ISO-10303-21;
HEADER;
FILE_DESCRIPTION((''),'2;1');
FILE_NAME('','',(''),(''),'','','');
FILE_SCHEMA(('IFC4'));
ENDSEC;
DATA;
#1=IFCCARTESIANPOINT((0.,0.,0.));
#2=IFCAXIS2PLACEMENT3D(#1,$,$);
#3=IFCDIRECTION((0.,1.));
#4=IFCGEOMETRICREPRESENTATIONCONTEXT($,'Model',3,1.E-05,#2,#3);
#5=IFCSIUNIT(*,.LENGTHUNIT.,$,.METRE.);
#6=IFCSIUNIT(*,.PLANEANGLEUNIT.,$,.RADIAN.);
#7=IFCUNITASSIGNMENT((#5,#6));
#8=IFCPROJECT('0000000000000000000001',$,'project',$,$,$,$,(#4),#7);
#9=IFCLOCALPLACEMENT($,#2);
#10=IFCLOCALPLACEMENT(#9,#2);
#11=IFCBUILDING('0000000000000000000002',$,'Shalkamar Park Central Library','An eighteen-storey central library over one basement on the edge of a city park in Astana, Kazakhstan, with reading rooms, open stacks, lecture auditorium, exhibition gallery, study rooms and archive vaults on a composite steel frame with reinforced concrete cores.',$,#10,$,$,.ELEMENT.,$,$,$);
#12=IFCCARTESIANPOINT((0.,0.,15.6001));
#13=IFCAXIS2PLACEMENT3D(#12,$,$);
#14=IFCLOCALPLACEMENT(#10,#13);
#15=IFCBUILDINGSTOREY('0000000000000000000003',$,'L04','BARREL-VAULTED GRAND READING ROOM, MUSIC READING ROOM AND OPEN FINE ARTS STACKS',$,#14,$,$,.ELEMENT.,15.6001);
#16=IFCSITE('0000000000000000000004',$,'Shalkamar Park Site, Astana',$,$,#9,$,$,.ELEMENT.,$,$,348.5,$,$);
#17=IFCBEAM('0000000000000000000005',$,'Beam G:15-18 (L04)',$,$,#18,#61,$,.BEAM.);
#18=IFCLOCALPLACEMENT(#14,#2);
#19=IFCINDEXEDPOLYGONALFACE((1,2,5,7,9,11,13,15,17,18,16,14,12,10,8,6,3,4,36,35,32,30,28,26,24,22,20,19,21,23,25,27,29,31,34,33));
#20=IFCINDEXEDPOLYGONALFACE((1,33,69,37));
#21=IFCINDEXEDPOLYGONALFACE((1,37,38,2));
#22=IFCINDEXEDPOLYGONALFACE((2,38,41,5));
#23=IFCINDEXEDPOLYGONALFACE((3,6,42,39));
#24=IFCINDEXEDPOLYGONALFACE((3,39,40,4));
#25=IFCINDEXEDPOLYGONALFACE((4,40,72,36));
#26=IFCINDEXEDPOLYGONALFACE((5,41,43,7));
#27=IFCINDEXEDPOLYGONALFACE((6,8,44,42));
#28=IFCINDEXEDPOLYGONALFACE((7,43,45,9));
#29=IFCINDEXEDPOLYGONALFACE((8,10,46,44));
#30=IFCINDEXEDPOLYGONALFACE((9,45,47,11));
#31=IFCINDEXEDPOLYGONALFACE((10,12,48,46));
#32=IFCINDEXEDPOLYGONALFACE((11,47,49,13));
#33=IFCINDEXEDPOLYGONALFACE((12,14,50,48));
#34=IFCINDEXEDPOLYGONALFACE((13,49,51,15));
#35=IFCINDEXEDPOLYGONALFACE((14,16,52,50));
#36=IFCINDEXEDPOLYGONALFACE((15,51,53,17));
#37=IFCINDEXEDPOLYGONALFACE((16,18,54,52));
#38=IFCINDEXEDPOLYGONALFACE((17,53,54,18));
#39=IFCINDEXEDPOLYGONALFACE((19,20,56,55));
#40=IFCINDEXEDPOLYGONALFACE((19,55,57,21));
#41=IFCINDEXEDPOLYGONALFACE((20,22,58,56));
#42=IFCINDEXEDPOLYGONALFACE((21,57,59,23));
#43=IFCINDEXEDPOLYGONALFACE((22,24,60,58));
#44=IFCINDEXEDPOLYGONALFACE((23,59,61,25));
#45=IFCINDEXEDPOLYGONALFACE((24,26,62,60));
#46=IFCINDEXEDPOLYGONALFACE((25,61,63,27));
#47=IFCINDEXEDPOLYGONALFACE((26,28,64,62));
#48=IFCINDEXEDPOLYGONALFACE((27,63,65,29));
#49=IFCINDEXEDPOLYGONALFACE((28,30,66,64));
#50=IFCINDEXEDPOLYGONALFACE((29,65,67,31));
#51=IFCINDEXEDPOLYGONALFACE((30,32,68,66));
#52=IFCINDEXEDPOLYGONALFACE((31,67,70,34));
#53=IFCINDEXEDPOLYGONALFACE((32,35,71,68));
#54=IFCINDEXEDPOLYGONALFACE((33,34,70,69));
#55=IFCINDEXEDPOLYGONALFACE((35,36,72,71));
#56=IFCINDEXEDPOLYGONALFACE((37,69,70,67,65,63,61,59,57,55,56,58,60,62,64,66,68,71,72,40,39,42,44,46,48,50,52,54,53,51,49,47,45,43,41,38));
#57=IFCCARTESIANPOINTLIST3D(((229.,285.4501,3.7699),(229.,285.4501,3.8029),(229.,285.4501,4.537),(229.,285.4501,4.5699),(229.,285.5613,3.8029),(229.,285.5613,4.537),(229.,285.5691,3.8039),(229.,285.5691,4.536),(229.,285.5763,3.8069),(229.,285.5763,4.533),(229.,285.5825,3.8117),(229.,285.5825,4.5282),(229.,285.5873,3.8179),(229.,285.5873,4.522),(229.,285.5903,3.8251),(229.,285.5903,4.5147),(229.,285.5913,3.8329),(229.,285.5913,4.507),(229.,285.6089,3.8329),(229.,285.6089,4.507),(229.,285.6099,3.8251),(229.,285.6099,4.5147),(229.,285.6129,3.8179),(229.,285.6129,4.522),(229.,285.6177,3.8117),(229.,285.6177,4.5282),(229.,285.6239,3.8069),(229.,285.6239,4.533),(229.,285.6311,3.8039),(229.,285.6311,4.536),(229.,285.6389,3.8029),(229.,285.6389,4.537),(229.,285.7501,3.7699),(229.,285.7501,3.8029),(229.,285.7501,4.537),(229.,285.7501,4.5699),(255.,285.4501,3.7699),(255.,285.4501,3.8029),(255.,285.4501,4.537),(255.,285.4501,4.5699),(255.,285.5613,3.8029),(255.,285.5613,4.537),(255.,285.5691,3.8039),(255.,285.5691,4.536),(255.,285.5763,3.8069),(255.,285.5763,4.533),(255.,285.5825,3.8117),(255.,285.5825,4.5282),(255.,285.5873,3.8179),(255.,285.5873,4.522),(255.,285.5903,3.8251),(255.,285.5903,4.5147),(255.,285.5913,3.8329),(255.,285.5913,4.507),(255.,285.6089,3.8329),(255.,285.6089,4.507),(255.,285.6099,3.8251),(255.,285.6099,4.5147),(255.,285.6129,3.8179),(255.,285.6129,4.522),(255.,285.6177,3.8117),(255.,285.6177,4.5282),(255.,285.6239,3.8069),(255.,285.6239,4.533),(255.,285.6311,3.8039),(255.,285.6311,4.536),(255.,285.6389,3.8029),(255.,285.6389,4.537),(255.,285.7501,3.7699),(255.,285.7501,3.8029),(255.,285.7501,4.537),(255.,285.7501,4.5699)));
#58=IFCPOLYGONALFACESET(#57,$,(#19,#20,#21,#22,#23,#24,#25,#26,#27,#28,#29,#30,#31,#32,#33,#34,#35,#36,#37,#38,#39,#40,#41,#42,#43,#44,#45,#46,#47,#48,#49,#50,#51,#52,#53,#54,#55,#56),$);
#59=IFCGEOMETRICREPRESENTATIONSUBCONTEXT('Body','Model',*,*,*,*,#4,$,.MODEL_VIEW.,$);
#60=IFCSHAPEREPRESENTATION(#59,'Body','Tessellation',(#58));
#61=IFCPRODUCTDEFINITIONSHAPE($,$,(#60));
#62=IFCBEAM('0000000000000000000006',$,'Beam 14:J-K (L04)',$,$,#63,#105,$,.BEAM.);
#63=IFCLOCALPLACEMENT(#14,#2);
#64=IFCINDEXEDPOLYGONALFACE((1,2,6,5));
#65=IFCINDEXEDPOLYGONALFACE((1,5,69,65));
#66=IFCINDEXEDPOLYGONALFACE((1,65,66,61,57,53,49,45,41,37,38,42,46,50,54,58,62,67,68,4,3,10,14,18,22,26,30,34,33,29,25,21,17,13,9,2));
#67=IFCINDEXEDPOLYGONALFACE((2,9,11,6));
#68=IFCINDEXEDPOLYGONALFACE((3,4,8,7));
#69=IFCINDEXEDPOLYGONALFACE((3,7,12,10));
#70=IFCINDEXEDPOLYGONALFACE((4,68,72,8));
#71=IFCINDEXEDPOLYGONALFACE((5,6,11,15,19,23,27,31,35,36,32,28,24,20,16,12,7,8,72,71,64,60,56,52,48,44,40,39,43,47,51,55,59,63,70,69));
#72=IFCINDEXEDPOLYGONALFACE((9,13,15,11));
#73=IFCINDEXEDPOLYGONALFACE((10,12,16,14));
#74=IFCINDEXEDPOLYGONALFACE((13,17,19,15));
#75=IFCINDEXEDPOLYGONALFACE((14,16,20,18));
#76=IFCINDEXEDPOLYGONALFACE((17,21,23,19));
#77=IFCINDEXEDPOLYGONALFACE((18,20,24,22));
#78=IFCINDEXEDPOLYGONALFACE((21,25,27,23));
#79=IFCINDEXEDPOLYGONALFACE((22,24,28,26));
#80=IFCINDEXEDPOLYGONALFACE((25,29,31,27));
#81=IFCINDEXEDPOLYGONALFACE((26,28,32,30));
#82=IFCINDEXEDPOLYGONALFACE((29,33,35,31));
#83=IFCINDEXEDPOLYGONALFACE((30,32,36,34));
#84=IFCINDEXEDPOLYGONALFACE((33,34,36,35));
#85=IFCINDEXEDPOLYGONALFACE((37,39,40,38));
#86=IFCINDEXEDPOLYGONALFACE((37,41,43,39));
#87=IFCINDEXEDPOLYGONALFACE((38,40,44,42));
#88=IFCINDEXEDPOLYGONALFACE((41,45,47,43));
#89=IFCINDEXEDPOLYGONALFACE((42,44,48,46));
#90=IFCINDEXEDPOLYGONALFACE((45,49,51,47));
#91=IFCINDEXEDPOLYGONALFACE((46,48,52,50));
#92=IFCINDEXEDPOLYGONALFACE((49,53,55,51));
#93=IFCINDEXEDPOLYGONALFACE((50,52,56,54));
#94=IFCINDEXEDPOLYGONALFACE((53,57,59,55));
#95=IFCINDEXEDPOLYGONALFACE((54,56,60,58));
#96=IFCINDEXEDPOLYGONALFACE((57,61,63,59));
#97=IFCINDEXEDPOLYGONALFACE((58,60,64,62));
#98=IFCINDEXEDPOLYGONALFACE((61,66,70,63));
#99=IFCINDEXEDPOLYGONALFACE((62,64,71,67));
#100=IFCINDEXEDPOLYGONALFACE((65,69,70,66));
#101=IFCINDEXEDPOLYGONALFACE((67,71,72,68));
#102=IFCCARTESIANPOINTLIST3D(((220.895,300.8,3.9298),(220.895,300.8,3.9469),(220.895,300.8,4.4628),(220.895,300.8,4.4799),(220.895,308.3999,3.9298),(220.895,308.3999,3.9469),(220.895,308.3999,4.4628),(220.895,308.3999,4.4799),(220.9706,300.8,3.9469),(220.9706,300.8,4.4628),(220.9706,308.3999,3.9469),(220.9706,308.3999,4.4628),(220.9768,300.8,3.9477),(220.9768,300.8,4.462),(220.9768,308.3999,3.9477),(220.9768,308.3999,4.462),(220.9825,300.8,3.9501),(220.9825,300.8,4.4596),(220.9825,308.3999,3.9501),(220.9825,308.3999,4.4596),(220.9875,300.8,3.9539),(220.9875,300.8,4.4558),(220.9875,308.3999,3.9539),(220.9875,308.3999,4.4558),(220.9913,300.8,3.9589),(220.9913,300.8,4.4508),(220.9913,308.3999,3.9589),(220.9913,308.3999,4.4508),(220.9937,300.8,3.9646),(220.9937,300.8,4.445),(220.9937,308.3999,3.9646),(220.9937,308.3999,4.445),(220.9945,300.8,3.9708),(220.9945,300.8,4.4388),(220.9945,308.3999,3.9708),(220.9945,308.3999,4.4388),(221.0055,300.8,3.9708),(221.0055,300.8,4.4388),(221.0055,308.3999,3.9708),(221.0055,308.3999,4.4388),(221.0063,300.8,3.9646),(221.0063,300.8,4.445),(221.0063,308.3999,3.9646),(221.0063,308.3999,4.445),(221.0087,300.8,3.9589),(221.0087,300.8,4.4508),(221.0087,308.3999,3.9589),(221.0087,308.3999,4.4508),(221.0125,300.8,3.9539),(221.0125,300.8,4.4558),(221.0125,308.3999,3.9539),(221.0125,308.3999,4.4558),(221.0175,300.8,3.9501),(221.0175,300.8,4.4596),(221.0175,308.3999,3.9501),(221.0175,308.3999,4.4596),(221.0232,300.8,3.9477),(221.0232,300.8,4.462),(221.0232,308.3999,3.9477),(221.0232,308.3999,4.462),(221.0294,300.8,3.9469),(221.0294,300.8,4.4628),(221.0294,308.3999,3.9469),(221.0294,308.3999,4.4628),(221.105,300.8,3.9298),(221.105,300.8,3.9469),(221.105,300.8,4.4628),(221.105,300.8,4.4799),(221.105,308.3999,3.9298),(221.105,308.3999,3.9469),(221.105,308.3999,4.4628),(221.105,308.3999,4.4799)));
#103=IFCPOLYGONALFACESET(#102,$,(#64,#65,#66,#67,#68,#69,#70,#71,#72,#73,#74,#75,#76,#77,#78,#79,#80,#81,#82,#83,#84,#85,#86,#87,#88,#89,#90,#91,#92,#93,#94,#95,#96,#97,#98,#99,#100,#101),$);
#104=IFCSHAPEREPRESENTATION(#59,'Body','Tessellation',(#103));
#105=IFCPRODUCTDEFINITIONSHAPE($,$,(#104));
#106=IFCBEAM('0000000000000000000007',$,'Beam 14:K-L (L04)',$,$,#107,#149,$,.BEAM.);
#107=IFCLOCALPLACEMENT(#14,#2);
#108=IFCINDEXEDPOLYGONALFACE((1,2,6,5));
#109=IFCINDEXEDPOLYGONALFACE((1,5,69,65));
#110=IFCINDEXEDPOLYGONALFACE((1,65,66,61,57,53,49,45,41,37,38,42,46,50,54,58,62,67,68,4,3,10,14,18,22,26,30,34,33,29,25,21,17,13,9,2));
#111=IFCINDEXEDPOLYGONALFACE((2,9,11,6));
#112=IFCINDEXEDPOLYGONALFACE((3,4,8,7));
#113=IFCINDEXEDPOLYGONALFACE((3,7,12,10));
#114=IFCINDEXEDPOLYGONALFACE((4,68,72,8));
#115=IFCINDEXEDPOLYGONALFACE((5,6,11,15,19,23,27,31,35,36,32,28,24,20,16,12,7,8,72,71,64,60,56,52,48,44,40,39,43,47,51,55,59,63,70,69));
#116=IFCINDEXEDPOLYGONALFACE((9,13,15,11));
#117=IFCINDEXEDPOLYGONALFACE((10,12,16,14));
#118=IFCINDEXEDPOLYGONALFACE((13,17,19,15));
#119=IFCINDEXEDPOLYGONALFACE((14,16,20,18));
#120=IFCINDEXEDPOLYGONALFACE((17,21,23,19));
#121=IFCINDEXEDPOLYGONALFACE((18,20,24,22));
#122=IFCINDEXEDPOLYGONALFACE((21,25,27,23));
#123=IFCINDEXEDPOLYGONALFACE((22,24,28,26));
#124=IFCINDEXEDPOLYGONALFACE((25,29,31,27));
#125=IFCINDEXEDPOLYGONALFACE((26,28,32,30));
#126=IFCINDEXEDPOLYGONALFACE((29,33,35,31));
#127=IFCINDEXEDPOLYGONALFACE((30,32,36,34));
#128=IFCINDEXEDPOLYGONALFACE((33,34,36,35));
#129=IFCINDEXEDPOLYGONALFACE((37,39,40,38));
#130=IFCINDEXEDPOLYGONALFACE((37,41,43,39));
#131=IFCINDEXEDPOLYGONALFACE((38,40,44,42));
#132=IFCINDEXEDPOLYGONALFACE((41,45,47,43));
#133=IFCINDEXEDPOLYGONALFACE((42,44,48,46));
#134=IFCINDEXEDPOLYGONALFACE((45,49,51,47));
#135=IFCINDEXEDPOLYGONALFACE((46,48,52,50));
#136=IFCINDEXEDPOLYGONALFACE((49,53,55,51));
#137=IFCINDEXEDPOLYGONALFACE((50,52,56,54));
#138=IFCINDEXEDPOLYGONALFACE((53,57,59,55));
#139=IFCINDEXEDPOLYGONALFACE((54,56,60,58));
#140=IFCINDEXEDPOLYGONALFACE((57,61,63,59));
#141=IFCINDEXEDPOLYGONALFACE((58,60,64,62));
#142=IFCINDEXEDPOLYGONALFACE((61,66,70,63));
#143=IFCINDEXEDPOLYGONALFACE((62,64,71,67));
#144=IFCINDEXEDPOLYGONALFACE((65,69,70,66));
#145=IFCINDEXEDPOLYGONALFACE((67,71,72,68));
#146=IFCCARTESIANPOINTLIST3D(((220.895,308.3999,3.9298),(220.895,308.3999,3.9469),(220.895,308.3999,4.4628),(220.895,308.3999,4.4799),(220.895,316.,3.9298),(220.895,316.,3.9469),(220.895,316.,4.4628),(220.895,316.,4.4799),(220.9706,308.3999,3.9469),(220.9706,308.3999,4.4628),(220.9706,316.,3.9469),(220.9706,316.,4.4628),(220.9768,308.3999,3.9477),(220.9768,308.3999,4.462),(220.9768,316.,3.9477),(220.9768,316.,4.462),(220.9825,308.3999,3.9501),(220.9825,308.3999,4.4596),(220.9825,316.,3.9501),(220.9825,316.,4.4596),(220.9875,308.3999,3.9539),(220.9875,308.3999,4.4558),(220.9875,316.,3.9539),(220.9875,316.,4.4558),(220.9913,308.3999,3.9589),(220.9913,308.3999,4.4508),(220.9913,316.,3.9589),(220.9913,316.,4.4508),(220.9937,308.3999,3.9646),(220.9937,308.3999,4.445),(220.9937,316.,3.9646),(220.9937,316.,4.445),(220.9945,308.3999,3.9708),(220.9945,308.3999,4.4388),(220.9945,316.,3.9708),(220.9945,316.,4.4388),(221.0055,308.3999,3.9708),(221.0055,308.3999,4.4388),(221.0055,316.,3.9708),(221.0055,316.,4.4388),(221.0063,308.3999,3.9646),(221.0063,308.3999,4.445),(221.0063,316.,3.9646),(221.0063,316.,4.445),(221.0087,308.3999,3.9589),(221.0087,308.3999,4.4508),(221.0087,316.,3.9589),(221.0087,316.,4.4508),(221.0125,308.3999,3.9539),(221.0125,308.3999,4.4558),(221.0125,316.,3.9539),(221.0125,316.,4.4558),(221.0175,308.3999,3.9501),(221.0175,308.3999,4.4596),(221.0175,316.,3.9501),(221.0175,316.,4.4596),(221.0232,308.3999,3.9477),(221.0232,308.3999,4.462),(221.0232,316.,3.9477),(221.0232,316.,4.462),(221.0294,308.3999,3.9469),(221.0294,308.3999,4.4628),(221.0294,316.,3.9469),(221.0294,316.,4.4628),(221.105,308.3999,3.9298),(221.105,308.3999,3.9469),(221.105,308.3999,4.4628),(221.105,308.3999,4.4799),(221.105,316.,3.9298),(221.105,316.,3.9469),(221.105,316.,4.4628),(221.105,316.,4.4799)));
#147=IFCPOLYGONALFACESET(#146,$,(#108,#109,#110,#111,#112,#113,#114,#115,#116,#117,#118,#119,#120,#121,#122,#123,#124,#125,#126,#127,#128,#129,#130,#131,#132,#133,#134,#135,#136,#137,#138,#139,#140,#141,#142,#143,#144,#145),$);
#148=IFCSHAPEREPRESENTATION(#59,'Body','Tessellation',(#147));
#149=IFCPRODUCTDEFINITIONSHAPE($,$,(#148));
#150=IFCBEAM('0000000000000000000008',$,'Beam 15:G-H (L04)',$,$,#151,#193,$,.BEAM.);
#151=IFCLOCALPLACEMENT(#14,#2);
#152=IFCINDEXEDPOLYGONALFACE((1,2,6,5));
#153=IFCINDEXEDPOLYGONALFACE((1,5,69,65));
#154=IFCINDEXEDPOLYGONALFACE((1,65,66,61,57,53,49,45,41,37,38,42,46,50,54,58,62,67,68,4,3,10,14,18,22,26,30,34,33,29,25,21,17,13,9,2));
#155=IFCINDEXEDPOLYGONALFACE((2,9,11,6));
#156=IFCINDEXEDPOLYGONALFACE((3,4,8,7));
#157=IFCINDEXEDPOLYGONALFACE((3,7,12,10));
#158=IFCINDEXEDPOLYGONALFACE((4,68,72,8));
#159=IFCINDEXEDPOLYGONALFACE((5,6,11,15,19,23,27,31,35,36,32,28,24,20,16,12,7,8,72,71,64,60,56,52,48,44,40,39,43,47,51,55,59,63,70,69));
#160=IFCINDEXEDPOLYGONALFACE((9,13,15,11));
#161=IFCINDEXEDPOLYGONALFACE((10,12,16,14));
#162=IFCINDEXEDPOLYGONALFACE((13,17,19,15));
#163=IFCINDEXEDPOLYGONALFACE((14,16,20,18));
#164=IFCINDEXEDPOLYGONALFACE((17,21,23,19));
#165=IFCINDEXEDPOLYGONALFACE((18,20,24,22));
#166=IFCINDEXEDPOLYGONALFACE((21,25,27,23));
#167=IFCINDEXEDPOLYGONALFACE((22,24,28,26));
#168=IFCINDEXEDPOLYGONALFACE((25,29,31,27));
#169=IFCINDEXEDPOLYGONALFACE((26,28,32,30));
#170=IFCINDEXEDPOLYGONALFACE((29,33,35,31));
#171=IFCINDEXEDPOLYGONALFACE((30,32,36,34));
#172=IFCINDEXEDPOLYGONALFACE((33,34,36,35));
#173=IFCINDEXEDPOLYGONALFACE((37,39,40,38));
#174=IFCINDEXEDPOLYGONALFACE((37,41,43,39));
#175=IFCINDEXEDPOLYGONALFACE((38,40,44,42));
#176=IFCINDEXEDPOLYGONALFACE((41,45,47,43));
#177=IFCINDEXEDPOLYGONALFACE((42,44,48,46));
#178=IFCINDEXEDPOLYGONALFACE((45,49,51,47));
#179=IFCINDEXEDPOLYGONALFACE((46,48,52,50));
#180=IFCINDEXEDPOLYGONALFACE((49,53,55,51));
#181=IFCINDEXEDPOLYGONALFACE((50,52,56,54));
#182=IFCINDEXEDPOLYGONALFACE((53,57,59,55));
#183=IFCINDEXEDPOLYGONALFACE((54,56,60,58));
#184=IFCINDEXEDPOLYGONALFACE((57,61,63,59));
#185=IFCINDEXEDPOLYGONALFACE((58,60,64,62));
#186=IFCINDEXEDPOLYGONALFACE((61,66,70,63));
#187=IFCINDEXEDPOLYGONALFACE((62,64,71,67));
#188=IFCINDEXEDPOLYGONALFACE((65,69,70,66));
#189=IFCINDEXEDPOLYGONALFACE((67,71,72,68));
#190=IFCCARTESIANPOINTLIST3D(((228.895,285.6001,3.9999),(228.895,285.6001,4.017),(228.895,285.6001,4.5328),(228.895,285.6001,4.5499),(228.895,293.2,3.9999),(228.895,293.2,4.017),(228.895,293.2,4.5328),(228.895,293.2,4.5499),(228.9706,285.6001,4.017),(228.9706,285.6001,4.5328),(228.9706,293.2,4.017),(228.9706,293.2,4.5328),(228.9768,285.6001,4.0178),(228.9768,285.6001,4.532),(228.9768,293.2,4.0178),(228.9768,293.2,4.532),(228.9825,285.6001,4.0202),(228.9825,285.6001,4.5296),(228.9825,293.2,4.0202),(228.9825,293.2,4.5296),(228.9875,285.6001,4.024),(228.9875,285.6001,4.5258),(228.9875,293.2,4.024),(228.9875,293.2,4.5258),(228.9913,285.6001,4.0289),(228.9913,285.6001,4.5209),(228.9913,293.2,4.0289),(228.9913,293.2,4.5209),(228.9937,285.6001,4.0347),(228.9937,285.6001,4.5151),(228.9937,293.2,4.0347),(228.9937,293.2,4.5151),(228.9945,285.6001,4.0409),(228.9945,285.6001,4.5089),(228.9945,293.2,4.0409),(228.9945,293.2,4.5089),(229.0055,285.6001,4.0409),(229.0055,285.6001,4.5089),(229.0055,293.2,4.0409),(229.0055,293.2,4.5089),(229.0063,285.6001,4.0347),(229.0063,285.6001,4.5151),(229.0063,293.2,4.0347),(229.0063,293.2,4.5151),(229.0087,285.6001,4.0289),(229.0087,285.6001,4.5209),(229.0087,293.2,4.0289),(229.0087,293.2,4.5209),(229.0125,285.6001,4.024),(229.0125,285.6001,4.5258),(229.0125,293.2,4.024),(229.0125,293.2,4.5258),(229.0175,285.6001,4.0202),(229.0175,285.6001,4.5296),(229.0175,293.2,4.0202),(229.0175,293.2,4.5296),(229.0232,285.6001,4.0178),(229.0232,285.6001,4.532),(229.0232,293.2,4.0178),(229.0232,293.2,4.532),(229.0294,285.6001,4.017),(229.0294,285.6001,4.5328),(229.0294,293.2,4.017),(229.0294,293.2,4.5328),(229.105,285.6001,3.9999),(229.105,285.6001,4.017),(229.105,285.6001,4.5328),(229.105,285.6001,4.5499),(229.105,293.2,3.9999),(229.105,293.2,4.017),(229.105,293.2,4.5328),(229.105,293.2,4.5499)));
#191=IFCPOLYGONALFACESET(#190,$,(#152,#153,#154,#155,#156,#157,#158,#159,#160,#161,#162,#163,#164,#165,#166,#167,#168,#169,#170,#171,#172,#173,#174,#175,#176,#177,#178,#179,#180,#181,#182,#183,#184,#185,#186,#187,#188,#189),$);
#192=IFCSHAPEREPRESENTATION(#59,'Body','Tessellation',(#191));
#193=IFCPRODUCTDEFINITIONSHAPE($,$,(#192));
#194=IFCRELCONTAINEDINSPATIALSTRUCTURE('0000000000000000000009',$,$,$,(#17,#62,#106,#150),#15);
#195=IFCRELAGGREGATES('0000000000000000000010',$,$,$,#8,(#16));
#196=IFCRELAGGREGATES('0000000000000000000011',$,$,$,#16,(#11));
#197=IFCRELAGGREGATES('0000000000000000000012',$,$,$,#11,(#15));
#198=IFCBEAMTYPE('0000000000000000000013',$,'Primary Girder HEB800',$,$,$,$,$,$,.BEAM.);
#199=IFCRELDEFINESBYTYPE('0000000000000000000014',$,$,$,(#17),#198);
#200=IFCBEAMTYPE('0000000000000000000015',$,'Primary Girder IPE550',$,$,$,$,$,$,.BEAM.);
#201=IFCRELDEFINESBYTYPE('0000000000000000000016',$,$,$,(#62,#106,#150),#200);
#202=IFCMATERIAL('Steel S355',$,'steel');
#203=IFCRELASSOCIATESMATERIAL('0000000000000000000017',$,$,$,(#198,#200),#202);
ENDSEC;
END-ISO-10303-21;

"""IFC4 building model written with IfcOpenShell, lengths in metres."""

from ifc_helpers import new_model, si_unit, direction, frame, origin, origin_2d, place, context, subcontext, project, spatial, i_section, extrude, material, material_profile, profile_set, type_object, element, save


model = new_model("IFC4")

# Units and contexts
model_context = context("Model", 3, precision=1e-05, world=origin(), true_north=direction((0.0, 1.0)))
body_context = subcontext(model_context, "Body", "Model", "MODEL_VIEW")
ifc_project = project(units=[si_unit("LENGTHUNIT", "METRE"), si_unit("PLANEANGLEUNIT", "RADIAN")], contexts=[model_context])

# Site, building, storey
site_placement = place(None, origin())
site = spatial("IfcSite", under=ifc_project, at=site_placement, Name="Shalkamar Park Site, Astana", CompositionType="ELEMENT", RefElevation=348.5)
building_placement = place(site_placement, origin())
building = spatial("IfcBuilding", under=site, at=building_placement, Name="Shalkamar Park Central Library", Description="An eighteen-storey central library over one basement on the edge of a city park in Astana, Kazakhstan, with reading rooms, open stacks, lecture auditorium, exhibition gallery, study rooms and archive vaults on a composite steel frame with reinforced concrete cores.", CompositionType="ELEMENT")
storey_placement = place(building_placement, frame((0.0, 0.0, 15.6001)))
storey = spatial("IfcBuildingStorey", under=building, at=storey_placement, Name="L04", Description="BARREL-VAULTED GRAND READING ROOM, MUSIC READING ROOM AND OPEN FINE ARTS STACKS", CompositionType="ELEMENT", Elevation=15.6001)

# Shared definitions
ifc_material = material(Name="Steel S355", Category="steel")

# Beams
ifc_material_profile_1 = material_profile(ifc_material, i_section(OverallWidth=0.3, OverallDepth=0.8, WebThickness=0.0176, FlangeThickness=0.033, FilletRadius=0.03, at=origin_2d()), Name="HEB 800")
ifc_profile_set_1 = profile_set([ifc_material_profile_1], Name="Steel S355")
beam_type_1 = type_object("IfcBeamType", Name="Primary Girder HEB800", PredefinedType="BEAM", material=ifc_profile_set_1)
beam_1_placement = place(storey_placement, frame((229.0, 285.6001, 4.1699), z_axis=(1.0, 0.0, 0.0), x_axis=(0.0, 1.0, 0.0)))
element("IfcBeam", 1, at=beam_1_placement, inside=storey, type_object=beam_type_1, Name="Beam G:15-18 (L04)", PredefinedType="BEAM", context=body_context, shape_type="SweptSolid", body=[
    extrude(i_section(OverallWidth=0.3, OverallDepth=0.8, WebThickness=0.0176, FlangeThickness=0.033, FilletRadius=0.03, at=origin_2d()), origin(), (0.0, 0.0, 1.0), 26.0),
])
ifc_material_profile_2 = material_profile(ifc_material, i_section(OverallWidth=0.21, OverallDepth=0.55, WebThickness=0.011, FlangeThickness=0.0171, FilletRadius=0.0239, at=origin_2d()), Name="IPE 550")
ifc_profile_set_2 = profile_set([ifc_material_profile_2], Name="Steel S355")
beam_type_2 = type_object("IfcBeamType", Name="Primary Girder IPE550", PredefinedType="BEAM", material=ifc_profile_set_2)
beam_2_placement = place(storey_placement, frame((221.0, 300.8, 4.2048), z_axis=(0.0, 1.0, 0.0), x_axis=(-1.0, 0.0, 0.0)))
element("IfcBeam", 2, at=beam_2_placement, inside=storey, type_object=beam_type_2, Name="Beam 14:J-K (L04)", PredefinedType="BEAM", context=body_context, shape_type="SweptSolid", body=[
    extrude(i_section(OverallWidth=0.21, OverallDepth=0.55, WebThickness=0.011, FlangeThickness=0.0171, FilletRadius=0.0239, at=origin_2d()), origin(), (0.0, 0.0, 1.0), 7.5999),
])
beam_3_placement = place(storey_placement, frame((221.0, 308.3999, 4.2048), z_axis=(0.0, 1.0, 0.0), x_axis=(-1.0, 0.0, 0.0)))
element("IfcBeam", 3, at=beam_3_placement, inside=storey, type_object=beam_type_2, Name="Beam 14:K-L (L04)", PredefinedType="BEAM", context=body_context, shape_type="SweptSolid", body=[
    extrude(i_section(OverallWidth=0.21, OverallDepth=0.55, WebThickness=0.011, FlangeThickness=0.0171, FilletRadius=0.0239, at=origin_2d()), origin(), (0.0, 0.0, 1.0), 7.6001),
])
beam_4_placement = place(storey_placement, frame((229.0, 285.6001, 4.2749), z_axis=(0.0, 1.0, 0.0), x_axis=(-1.0, 0.0, 0.0)))
element("IfcBeam", 4, at=beam_4_placement, inside=storey, type_object=beam_type_2, Name="Beam 15:G-H (L04)", PredefinedType="BEAM", context=body_context, shape_type="SweptSolid", body=[
    extrude(i_section(OverallWidth=0.21, OverallDepth=0.55, WebThickness=0.011, FlangeThickness=0.0171, FilletRadius=0.0239, at=origin_2d()), origin(), (0.0, 0.0, 1.0), 7.5999),
])

save(model, "model.ifc")
